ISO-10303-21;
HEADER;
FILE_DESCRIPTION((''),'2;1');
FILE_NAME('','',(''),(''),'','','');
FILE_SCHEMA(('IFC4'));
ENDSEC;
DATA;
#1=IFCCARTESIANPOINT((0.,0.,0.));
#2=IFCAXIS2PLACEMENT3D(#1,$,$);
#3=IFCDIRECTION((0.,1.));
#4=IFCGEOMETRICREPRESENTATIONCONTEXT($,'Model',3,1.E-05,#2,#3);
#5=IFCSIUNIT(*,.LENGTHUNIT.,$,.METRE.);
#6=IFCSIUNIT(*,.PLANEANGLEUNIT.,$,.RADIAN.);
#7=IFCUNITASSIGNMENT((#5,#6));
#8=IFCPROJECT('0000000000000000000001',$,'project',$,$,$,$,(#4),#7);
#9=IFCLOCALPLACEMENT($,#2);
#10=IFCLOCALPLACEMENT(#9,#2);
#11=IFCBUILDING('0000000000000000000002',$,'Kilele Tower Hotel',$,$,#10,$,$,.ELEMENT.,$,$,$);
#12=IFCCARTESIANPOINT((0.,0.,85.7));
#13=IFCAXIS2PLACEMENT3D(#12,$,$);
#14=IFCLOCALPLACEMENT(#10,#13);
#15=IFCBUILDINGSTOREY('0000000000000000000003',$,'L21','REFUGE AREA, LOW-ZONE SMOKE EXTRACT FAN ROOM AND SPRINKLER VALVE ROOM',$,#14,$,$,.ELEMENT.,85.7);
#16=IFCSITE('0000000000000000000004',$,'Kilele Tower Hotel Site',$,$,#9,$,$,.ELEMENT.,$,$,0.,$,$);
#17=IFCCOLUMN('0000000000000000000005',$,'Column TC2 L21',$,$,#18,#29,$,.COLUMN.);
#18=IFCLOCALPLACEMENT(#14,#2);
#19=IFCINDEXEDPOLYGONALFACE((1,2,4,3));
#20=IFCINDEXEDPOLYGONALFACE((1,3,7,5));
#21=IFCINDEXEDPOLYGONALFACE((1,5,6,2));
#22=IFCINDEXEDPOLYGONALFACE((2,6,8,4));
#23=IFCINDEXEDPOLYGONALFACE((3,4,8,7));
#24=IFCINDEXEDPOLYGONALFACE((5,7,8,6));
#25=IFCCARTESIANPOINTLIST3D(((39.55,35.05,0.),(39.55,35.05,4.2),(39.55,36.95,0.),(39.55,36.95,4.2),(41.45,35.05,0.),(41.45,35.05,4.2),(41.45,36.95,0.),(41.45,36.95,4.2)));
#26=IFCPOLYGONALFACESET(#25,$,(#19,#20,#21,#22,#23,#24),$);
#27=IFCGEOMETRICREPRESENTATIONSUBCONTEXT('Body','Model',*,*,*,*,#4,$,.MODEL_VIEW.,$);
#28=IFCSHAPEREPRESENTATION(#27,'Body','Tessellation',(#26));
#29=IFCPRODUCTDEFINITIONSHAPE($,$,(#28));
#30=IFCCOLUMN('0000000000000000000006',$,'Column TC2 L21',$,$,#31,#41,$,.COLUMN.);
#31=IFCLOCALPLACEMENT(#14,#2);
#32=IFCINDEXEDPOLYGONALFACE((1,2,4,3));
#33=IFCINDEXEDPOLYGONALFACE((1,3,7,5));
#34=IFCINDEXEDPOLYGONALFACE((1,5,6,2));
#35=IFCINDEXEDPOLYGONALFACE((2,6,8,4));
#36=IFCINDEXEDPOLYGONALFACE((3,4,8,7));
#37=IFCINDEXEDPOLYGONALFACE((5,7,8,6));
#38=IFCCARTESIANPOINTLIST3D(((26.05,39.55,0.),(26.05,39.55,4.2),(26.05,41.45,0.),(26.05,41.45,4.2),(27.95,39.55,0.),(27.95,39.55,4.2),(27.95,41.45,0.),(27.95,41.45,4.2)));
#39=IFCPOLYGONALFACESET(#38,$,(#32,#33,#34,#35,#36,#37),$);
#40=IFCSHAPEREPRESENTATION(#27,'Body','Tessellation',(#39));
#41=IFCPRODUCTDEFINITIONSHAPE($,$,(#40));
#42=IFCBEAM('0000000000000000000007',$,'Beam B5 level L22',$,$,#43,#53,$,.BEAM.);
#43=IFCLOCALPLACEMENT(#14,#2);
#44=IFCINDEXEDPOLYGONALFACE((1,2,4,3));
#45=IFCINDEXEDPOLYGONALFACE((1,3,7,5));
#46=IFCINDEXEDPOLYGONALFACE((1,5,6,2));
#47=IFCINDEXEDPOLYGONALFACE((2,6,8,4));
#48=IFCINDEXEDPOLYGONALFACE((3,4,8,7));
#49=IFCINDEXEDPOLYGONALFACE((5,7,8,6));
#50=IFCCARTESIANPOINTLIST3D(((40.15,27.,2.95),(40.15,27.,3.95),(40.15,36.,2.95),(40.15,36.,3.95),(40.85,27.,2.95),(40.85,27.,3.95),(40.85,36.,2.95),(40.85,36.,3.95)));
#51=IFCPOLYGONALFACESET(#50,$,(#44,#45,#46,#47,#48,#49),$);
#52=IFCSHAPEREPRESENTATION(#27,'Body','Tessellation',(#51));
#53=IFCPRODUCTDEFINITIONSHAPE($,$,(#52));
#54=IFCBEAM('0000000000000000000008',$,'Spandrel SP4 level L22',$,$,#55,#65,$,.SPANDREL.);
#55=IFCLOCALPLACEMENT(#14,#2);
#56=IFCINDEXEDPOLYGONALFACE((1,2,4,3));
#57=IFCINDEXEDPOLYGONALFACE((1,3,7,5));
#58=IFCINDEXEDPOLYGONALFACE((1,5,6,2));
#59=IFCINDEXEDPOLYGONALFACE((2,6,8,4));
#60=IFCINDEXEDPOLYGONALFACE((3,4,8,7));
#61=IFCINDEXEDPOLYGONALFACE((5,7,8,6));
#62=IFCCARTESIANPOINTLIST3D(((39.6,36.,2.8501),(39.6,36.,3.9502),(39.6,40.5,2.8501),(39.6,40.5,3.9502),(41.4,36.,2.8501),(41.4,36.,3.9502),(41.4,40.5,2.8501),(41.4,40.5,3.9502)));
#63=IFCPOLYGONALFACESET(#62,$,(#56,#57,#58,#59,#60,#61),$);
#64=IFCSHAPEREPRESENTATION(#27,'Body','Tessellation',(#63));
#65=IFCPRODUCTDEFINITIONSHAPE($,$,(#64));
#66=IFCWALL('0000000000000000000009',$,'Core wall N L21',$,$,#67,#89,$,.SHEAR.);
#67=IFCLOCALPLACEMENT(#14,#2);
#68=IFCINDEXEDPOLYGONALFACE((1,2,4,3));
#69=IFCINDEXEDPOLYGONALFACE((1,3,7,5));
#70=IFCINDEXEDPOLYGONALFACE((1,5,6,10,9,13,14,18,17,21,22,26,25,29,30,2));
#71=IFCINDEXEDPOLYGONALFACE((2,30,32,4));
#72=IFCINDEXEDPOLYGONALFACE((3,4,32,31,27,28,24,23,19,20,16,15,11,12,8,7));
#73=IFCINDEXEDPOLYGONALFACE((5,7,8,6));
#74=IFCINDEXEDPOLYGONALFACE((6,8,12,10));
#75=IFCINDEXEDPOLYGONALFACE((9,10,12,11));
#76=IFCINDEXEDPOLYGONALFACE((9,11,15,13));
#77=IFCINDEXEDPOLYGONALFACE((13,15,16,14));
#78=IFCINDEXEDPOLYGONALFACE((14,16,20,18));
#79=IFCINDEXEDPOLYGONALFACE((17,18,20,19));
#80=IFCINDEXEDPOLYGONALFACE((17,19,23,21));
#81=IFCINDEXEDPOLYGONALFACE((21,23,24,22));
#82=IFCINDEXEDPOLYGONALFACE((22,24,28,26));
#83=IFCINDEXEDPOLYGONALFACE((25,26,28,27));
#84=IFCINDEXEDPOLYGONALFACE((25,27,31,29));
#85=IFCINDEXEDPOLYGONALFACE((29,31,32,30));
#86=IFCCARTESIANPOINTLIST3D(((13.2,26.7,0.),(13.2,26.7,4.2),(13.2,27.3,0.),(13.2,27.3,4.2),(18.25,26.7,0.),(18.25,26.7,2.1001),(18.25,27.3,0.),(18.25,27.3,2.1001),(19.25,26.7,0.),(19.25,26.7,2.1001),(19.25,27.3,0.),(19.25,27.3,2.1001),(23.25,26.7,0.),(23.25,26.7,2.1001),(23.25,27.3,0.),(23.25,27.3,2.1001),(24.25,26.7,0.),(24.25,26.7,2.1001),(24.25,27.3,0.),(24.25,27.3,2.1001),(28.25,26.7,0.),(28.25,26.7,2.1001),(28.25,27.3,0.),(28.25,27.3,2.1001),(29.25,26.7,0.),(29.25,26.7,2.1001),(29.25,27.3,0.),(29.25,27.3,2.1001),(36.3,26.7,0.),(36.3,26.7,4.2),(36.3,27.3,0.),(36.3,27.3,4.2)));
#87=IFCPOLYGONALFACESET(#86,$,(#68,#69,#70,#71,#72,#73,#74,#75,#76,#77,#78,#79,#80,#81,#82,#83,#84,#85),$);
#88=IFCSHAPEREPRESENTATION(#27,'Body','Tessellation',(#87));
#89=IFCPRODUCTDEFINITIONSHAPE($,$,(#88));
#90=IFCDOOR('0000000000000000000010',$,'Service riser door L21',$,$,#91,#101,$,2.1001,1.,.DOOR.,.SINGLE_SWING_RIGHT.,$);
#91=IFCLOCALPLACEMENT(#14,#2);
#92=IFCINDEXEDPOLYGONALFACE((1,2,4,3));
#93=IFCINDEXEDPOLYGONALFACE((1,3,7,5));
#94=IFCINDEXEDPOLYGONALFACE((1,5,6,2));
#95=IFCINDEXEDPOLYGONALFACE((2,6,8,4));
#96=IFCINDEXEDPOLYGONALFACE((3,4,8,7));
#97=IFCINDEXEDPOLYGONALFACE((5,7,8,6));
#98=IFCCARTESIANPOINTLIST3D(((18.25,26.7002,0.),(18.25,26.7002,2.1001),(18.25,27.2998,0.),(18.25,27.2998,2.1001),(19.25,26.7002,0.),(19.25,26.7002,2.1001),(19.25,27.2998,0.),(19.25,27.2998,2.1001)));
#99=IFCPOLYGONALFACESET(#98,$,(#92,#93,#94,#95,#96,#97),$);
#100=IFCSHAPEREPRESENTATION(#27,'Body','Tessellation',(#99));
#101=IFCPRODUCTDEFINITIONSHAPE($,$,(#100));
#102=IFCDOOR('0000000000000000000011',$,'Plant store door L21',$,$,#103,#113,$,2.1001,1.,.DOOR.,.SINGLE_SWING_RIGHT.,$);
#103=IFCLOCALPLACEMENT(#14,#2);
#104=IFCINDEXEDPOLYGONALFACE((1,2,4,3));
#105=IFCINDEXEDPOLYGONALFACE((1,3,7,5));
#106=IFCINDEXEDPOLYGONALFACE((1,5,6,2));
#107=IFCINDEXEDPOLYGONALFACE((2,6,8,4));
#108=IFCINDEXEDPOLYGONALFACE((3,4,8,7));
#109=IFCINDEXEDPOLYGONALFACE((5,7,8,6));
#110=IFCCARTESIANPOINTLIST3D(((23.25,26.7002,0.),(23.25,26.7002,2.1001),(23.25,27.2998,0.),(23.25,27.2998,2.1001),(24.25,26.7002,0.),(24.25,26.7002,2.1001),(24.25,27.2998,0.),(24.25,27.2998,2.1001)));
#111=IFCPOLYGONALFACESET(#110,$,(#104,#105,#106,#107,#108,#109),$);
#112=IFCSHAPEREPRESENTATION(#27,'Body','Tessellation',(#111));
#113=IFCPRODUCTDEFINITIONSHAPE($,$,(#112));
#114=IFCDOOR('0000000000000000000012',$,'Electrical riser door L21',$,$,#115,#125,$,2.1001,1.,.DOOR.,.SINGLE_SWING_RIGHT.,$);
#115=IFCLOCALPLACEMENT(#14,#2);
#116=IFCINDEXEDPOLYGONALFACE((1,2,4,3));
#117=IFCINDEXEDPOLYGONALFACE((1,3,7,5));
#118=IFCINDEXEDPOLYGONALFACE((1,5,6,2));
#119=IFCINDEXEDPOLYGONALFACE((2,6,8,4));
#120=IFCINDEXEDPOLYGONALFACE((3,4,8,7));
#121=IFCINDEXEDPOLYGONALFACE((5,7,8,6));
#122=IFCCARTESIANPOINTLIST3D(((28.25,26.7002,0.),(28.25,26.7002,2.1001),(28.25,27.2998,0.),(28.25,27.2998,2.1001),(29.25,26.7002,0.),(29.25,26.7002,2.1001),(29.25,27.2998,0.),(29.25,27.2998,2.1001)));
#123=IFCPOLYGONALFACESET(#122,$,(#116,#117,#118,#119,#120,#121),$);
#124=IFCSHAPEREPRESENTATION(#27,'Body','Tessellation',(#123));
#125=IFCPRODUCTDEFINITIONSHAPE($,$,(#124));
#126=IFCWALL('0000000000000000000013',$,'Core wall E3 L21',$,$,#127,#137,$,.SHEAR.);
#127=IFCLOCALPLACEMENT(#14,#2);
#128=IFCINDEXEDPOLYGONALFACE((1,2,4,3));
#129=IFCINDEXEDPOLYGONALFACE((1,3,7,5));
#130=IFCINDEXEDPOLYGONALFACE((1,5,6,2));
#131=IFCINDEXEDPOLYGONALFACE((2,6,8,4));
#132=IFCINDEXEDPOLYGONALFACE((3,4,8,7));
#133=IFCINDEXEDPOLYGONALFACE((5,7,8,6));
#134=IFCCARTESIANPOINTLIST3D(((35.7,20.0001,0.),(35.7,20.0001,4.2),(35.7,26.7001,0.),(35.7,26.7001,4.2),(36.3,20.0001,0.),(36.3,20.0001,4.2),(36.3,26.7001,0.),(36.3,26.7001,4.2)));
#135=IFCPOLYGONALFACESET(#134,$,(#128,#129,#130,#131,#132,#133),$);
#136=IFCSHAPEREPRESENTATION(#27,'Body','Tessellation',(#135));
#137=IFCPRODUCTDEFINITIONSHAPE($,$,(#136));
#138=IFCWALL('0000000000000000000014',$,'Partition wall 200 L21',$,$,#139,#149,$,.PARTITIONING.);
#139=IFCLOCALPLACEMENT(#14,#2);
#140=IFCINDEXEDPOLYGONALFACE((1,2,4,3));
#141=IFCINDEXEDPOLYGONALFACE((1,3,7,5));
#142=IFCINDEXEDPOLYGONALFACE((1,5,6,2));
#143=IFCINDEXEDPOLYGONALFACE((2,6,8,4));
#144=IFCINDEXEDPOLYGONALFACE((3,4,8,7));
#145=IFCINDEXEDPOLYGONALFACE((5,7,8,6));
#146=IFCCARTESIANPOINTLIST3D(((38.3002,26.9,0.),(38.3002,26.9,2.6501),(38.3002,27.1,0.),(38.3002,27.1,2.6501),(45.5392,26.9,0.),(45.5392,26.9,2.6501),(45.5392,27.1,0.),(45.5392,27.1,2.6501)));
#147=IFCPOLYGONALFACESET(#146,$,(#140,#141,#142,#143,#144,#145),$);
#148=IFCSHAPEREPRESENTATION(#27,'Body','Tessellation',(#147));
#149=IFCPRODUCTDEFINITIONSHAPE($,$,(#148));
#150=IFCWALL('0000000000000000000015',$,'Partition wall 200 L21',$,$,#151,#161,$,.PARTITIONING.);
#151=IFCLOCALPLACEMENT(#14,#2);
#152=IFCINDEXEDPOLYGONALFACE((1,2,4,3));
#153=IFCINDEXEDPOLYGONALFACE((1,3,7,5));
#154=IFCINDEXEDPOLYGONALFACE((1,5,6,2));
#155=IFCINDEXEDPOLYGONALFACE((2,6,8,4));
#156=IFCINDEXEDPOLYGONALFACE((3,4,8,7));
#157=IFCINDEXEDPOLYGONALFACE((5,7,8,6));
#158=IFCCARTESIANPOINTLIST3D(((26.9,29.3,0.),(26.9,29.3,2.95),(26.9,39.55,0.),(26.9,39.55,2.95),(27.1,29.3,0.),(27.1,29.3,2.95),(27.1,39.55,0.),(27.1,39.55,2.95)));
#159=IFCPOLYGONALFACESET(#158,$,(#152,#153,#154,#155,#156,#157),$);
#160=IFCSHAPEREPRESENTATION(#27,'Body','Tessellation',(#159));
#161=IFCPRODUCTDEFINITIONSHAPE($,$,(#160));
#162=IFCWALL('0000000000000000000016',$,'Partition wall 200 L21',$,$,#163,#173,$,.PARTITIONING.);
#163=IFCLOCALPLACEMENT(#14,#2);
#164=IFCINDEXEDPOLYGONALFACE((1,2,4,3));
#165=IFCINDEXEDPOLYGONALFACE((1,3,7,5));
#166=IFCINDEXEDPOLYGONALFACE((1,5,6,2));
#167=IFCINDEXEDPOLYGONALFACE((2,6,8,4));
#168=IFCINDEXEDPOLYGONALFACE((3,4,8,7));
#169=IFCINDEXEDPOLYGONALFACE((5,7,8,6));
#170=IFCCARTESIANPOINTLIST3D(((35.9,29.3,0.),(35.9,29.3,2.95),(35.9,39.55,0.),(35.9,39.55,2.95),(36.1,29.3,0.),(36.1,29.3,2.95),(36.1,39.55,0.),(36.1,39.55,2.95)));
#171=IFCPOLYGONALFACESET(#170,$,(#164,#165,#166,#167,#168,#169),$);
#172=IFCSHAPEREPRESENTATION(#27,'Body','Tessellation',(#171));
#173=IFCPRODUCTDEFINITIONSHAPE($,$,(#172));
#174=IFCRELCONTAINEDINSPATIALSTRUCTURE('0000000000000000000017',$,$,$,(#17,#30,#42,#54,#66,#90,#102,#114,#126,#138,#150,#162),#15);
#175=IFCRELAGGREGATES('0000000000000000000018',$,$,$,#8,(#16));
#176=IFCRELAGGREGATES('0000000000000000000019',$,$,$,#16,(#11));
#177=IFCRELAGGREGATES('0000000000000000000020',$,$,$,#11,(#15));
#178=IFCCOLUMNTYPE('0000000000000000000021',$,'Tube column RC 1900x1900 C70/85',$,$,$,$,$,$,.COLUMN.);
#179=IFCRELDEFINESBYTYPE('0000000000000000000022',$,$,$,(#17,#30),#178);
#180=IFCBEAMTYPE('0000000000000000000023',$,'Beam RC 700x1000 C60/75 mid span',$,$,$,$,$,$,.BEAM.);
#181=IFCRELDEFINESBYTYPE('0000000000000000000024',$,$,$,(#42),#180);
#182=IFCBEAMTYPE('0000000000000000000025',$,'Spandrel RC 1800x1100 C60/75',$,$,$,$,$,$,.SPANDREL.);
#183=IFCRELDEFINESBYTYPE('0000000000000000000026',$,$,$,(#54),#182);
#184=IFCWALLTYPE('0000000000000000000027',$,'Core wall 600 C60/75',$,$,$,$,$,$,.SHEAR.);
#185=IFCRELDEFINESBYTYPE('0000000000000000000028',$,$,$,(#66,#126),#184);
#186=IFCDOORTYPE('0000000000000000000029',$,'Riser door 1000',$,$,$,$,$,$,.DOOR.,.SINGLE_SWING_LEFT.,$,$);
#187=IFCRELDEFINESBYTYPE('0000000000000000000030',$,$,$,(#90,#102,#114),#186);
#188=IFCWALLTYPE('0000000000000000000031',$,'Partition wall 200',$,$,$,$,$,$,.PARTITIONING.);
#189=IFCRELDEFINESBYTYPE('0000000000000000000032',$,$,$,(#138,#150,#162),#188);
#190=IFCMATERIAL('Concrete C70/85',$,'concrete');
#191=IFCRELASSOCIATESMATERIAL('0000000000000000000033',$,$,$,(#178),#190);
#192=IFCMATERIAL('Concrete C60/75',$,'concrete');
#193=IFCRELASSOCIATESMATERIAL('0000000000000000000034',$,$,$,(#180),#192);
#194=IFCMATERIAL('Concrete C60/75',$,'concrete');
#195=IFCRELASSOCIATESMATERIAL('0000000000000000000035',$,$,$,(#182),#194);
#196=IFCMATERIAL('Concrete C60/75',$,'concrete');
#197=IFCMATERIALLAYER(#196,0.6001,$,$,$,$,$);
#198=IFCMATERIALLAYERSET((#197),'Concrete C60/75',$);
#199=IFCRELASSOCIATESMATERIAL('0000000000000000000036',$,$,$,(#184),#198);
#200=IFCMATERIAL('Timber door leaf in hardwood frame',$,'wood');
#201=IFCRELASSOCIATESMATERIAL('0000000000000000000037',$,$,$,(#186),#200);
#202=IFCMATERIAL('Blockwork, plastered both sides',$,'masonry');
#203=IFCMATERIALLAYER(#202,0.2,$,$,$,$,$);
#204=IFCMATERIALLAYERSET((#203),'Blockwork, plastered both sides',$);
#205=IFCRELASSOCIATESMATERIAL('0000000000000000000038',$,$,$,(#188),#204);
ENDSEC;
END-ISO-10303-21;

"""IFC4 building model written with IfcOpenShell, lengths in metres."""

from ifc_helpers import new_model, si_unit, direction, frame, frame_2d, origin, origin_2d, place, context, subcontext, project, spatial, rectangle, extrude, material, layer, layer_set, material_profile, profile_set, type_object, element, fill, save


model = new_model("IFC4")

# Units and contexts
model_context = context("Model", 3, precision=1e-05, world=origin(), true_north=direction((0.0, 1.0)))
body_context = subcontext(model_context, "Body", "Model", "MODEL_VIEW")
ifc_project = project(units=[si_unit("LENGTHUNIT", "METRE"), si_unit("PLANEANGLEUNIT", "RADIAN")], contexts=[model_context])

# Site, building, storey
site_placement = place(None, origin())
site = spatial("IfcSite", under=ifc_project, at=site_placement, Name="Kilele Tower Hotel Site", CompositionType="ELEMENT", RefElevation=0.0)
building_placement = place(site_placement, origin())
building = spatial("IfcBuilding", under=site, at=building_placement, Name="Kilele Tower Hotel", CompositionType="ELEMENT")
storey_placement = place(building_placement, frame((0.0, 0.0, 85.7)))
storey = spatial("IfcBuildingStorey", under=building, at=storey_placement, Name="L21", Description="REFUGE AREA, LOW-ZONE SMOKE EXTRACT FAN ROOM AND SPRINKLER VALVE ROOM", CompositionType="ELEMENT", Elevation=85.7)

# Columns
ifc_material_1 = material(Name="Concrete C70/85", Category="concrete")
ifc_material_profile_1 = material_profile(ifc_material_1, rectangle(XDim=1.8999, YDim=1.8999, at=origin_2d()))
ifc_profile_set_1 = profile_set([ifc_material_profile_1], Name="Concrete C70/85")
column_type = type_object("IfcColumnType", Name="Tube column RC 1900x1900 C70/85", PredefinedType="COLUMN", material=ifc_profile_set_1)
for number, where, z_axis, x_axis, name in (
    (1, (40.5, 36.0, 0.0), (0.0, 0.0, 1.0), (1.0, 0.0, 0.0), "Column TC2 L21"),
    (2, (27.0, 40.5, 0.0), (0.0, 0.0, 1.0), (1.0, 0.0, 0.0), "Column TC2 L21"),
):
    element("IfcColumn", number, at=place(storey_placement, frame(where, z_axis=z_axis, x_axis=x_axis)), inside=storey, type_object=column_type, Name=name, PredefinedType="COLUMN", context=body_context, shape_type="SweptSolid", body=[
        extrude(rectangle(XDim=1.8999, YDim=1.8999, at=origin_2d()), origin(), (0.0, 0.0, 1.0), 4.2),
    ])

# Beams
ifc_material_2 = material(Name="Concrete C60/75", Category="concrete")
ifc_material_profile_2 = material_profile(ifc_material_2, rectangle(XDim=0.7, YDim=1.0, at=origin_2d()))
ifc_profile_set_2 = profile_set([ifc_material_profile_2], Name="Concrete C60/75")
beam_type_1 = type_object("IfcBeamType", Name="Beam RC 700x1000 C60/75 mid span", PredefinedType="BEAM", material=ifc_profile_set_2)
beam_1_placement = place(storey_placement, frame((40.5, 36.0, 3.45), z_axis=(0.0, -1.0, 0.0), x_axis=(1.0, 0.0, 0.0)))
element("IfcBeam", 3, at=beam_1_placement, inside=storey, type_object=beam_type_1, Name="Beam B5 level L22", PredefinedType="BEAM", context=body_context, shape_type="SweptSolid", body=[
    extrude(rectangle(XDim=0.7, YDim=1.0, at=origin_2d()), origin(), (0.0, 0.0, 1.0), 9.0),
])
ifc_material_3 = material(Name="Concrete C60/75", Category="concrete")
ifc_material_profile_3 = material_profile(ifc_material_3, rectangle(XDim=1.8, YDim=1.1001, at=origin_2d()))
ifc_profile_set_3 = profile_set([ifc_material_profile_3], Name="Concrete C60/75")
beam_type_2 = type_object("IfcBeamType", Name="Spandrel RC 1800x1100 C60/75", PredefinedType="SPANDREL", material=ifc_profile_set_3)
beam_2_placement = place(storey_placement, frame((40.5, 36.0, 3.4001), z_axis=(0.0, 1.0, 0.0), x_axis=(-1.0, 0.0, 0.0)))
element("IfcBeam", 4, at=beam_2_placement, inside=storey, type_object=beam_type_2, Name="Spandrel SP4 level L22", PredefinedType="SPANDREL", context=body_context, shape_type="SweptSolid", body=[
    extrude(rectangle(XDim=1.8, YDim=1.1001, at=origin_2d()), origin(), (0.0, 0.0, 1.0), 4.5),
])

# Wall, openings, doors
ifc_material_4 = material(Name="Concrete C60/75", Category="concrete")
ifc_layer_1 = layer(ifc_material_4, 0.6001)
ifc_layer_set_1 = layer_set([ifc_layer_1], Name="Concrete C60/75")
wall_type_1 = type_object("IfcWallType", Name="Core wall 600 C60/75", PredefinedType="SHEAR", material=ifc_layer_set_1)
wall_1_placement = place(storey_placement, frame((36.3, 27.0, 0.0), z_axis=(0.0, 0.0, 1.0), x_axis=(-1.0, 0.0, 0.0)))
wall_1 = element("IfcWall", 5, at=wall_1_placement, inside=storey, type_object=wall_type_1, Name="Core wall N L21", PredefinedType="SHEAR", context=body_context, shape_type="SweptSolid", body=[
    extrude(rectangle(XDim=23.1001, YDim=0.6001, at=frame_2d((11.55, 0.0))), origin(), (0.0, 0.0, 1.0), 4.2),
])
opening_1_placement = place(wall_1_placement, frame((17.05, 0.0, 0.0)))
opening_1 = element("IfcOpeningElement", 6, at=opening_1_placement, cuts=wall_1, PredefinedType="OPENING", context=body_context, shape_type="SweptSolid", body=[
    extrude(rectangle(XDim=1.0, YDim=2.1001, at=frame_2d((0.5, 1.05))), frame((0.0, 0.3101, 0.0), z_axis=(0.0, -1.0, 0.0), x_axis=(1.0, 0.0, 0.0)), (0.0, 0.0, 1.0), 0.6201),
])
opening_2_placement = place(wall_1_placement, frame((12.05, 0.0, 0.0)))
opening_2 = element("IfcOpeningElement", 7, at=opening_2_placement, cuts=wall_1, PredefinedType="OPENING", context=body_context, shape_type="SweptSolid", body=[
    extrude(rectangle(XDim=1.0, YDim=2.1001, at=frame_2d((0.5, 1.05))), frame((0.0, 0.3101, 0.0), z_axis=(0.0, -1.0, 0.0), x_axis=(1.0, 0.0, 0.0)), (0.0, 0.0, 1.0), 0.6201),
])
opening_3_placement = place(wall_1_placement, frame((7.05, 0.0, 0.0)))
opening_3 = element("IfcOpeningElement", 8, at=opening_3_placement, cuts=wall_1, PredefinedType="OPENING", context=body_context, shape_type="SweptSolid", body=[
    extrude(rectangle(XDim=1.0, YDim=2.1001, at=frame_2d((0.5, 1.05))), frame((0.0, 0.3101, 0.0), z_axis=(0.0, -1.0, 0.0), x_axis=(1.0, 0.0, 0.0)), (0.0, 0.0, 1.0), 0.6201),
])
ifc_material_5 = material(Name="Timber door leaf in hardwood frame", Category="wood")
door_type = type_object("IfcDoorType", Name="Riser door 1000", OperationType="SINGLE_SWING_LEFT", PredefinedType="DOOR", material=ifc_material_5)
door_1_placement = place(opening_1_placement, origin())
door_1 = element("IfcDoor", 9, at=door_1_placement, inside=storey, type_object=door_type, Name="Service riser door L21", OperationType="SINGLE_SWING_RIGHT", OverallHeight=2.1001, OverallWidth=1.0, PredefinedType="DOOR", context=body_context, shape_type="SweptSolid", body=[
    extrude(rectangle(XDim=1.0, YDim=2.1001, at=frame_2d((0.5, 1.05))), frame((0.0, 0.2998, 0.0), z_axis=(0.0, -1.0, 0.0), x_axis=(1.0, 0.0, 0.0)), (0.0, 0.0, 1.0), 0.5996),
])
fill(opening_1, door_1)
door_2_placement = place(opening_2_placement, origin())
door_2 = element("IfcDoor", 10, at=door_2_placement, inside=storey, type_object=door_type, Name="Plant store door L21", OperationType="SINGLE_SWING_RIGHT", OverallHeight=2.1001, OverallWidth=1.0, PredefinedType="DOOR", context=body_context, shape_type="SweptSolid", body=[
    extrude(rectangle(XDim=1.0, YDim=2.1001, at=frame_2d((0.5, 1.05))), frame((0.0, 0.2998, 0.0), z_axis=(0.0, -1.0, 0.0), x_axis=(1.0, 0.0, 0.0)), (0.0, 0.0, 1.0), 0.5996),
])
fill(opening_2, door_2)
door_3_placement = place(opening_3_placement, origin())
door_3 = element("IfcDoor", 11, at=door_3_placement, inside=storey, type_object=door_type, Name="Electrical riser door L21", OperationType="SINGLE_SWING_RIGHT", OverallHeight=2.1001, OverallWidth=1.0, PredefinedType="DOOR", context=body_context, shape_type="SweptSolid", body=[
    extrude(rectangle(XDim=1.0, YDim=2.1001, at=frame_2d((0.5, 1.05))), frame((0.0, 0.2998, 0.0), z_axis=(0.0, -1.0, 0.0), x_axis=(1.0, 0.0, 0.0)), (0.0, 0.0, 1.0), 0.5996),
])
fill(opening_3, door_3)

# Walls
wall_2_placement = place(storey_placement, frame((36.0, 20.0, 0.0), z_axis=(0.0, 0.0, 1.0), x_axis=(0.0, 1.0, 0.0)))
element("IfcWall", 12, at=wall_2_placement, inside=storey, type_object=wall_type_1, Name="Core wall E3 L21", PredefinedType="SHEAR", context=body_context, shape_type="SweptSolid", body=[
    extrude(rectangle(XDim=6.7, YDim=0.6001, at=frame_2d((3.3501, 0.0))), origin(), (0.0, 0.0, 1.0), 4.2),
])
ifc_material_6 = material(Name="Blockwork, plastered both sides", Category="masonry")
ifc_layer_2 = layer(ifc_material_6, 0.2)
ifc_layer_set_2 = layer_set([ifc_layer_2], Name="Blockwork, plastered both sides")
wall_type_2 = type_object("IfcWallType", Name="Partition wall 200", PredefinedType="PARTITIONING", material=ifc_layer_set_2)
wall_3_placement = place(storey_placement, frame((38.3, 27.0, 0.0), z_axis=(0.0, 0.0, 1.0), x_axis=(1.0, 0.0, 0.0)))
element("IfcWall", 13, at=wall_3_placement, inside=storey, type_object=wall_type_2, Name="Partition wall 200 L21", PredefinedType="PARTITIONING", context=body_context, shape_type="SweptSolid", body=[
    extrude(rectangle(XDim=7.239, YDim=0.2, at=frame_2d((3.6196, 0.0))), origin(), (0.0, 0.0, 1.0), 2.6501),
])
for number, where, z_axis, x_axis, name in (
    (14, (27.0, 29.3, 0.0), (0.0, 0.0, 1.0), (0.0, 1.0, 0.0), "Partition wall 200 L21"),
    (15, (36.0, 29.3, 0.0), (0.0, 0.0, 1.0), (0.0, 1.0, 0.0), "Partition wall 200 L21"),
):
    element("IfcWall", number, at=place(storey_placement, frame(where, z_axis=z_axis, x_axis=x_axis)), inside=storey, type_object=wall_type_2, Name=name, PredefinedType="PARTITIONING", context=body_context, shape_type="SweptSolid", body=[
        extrude(rectangle(XDim=10.25, YDim=0.2, at=frame_2d((5.125, 0.0))), origin(), (0.0, 0.0, 1.0), 2.95),
    ])

save(model, "model.ifc")
